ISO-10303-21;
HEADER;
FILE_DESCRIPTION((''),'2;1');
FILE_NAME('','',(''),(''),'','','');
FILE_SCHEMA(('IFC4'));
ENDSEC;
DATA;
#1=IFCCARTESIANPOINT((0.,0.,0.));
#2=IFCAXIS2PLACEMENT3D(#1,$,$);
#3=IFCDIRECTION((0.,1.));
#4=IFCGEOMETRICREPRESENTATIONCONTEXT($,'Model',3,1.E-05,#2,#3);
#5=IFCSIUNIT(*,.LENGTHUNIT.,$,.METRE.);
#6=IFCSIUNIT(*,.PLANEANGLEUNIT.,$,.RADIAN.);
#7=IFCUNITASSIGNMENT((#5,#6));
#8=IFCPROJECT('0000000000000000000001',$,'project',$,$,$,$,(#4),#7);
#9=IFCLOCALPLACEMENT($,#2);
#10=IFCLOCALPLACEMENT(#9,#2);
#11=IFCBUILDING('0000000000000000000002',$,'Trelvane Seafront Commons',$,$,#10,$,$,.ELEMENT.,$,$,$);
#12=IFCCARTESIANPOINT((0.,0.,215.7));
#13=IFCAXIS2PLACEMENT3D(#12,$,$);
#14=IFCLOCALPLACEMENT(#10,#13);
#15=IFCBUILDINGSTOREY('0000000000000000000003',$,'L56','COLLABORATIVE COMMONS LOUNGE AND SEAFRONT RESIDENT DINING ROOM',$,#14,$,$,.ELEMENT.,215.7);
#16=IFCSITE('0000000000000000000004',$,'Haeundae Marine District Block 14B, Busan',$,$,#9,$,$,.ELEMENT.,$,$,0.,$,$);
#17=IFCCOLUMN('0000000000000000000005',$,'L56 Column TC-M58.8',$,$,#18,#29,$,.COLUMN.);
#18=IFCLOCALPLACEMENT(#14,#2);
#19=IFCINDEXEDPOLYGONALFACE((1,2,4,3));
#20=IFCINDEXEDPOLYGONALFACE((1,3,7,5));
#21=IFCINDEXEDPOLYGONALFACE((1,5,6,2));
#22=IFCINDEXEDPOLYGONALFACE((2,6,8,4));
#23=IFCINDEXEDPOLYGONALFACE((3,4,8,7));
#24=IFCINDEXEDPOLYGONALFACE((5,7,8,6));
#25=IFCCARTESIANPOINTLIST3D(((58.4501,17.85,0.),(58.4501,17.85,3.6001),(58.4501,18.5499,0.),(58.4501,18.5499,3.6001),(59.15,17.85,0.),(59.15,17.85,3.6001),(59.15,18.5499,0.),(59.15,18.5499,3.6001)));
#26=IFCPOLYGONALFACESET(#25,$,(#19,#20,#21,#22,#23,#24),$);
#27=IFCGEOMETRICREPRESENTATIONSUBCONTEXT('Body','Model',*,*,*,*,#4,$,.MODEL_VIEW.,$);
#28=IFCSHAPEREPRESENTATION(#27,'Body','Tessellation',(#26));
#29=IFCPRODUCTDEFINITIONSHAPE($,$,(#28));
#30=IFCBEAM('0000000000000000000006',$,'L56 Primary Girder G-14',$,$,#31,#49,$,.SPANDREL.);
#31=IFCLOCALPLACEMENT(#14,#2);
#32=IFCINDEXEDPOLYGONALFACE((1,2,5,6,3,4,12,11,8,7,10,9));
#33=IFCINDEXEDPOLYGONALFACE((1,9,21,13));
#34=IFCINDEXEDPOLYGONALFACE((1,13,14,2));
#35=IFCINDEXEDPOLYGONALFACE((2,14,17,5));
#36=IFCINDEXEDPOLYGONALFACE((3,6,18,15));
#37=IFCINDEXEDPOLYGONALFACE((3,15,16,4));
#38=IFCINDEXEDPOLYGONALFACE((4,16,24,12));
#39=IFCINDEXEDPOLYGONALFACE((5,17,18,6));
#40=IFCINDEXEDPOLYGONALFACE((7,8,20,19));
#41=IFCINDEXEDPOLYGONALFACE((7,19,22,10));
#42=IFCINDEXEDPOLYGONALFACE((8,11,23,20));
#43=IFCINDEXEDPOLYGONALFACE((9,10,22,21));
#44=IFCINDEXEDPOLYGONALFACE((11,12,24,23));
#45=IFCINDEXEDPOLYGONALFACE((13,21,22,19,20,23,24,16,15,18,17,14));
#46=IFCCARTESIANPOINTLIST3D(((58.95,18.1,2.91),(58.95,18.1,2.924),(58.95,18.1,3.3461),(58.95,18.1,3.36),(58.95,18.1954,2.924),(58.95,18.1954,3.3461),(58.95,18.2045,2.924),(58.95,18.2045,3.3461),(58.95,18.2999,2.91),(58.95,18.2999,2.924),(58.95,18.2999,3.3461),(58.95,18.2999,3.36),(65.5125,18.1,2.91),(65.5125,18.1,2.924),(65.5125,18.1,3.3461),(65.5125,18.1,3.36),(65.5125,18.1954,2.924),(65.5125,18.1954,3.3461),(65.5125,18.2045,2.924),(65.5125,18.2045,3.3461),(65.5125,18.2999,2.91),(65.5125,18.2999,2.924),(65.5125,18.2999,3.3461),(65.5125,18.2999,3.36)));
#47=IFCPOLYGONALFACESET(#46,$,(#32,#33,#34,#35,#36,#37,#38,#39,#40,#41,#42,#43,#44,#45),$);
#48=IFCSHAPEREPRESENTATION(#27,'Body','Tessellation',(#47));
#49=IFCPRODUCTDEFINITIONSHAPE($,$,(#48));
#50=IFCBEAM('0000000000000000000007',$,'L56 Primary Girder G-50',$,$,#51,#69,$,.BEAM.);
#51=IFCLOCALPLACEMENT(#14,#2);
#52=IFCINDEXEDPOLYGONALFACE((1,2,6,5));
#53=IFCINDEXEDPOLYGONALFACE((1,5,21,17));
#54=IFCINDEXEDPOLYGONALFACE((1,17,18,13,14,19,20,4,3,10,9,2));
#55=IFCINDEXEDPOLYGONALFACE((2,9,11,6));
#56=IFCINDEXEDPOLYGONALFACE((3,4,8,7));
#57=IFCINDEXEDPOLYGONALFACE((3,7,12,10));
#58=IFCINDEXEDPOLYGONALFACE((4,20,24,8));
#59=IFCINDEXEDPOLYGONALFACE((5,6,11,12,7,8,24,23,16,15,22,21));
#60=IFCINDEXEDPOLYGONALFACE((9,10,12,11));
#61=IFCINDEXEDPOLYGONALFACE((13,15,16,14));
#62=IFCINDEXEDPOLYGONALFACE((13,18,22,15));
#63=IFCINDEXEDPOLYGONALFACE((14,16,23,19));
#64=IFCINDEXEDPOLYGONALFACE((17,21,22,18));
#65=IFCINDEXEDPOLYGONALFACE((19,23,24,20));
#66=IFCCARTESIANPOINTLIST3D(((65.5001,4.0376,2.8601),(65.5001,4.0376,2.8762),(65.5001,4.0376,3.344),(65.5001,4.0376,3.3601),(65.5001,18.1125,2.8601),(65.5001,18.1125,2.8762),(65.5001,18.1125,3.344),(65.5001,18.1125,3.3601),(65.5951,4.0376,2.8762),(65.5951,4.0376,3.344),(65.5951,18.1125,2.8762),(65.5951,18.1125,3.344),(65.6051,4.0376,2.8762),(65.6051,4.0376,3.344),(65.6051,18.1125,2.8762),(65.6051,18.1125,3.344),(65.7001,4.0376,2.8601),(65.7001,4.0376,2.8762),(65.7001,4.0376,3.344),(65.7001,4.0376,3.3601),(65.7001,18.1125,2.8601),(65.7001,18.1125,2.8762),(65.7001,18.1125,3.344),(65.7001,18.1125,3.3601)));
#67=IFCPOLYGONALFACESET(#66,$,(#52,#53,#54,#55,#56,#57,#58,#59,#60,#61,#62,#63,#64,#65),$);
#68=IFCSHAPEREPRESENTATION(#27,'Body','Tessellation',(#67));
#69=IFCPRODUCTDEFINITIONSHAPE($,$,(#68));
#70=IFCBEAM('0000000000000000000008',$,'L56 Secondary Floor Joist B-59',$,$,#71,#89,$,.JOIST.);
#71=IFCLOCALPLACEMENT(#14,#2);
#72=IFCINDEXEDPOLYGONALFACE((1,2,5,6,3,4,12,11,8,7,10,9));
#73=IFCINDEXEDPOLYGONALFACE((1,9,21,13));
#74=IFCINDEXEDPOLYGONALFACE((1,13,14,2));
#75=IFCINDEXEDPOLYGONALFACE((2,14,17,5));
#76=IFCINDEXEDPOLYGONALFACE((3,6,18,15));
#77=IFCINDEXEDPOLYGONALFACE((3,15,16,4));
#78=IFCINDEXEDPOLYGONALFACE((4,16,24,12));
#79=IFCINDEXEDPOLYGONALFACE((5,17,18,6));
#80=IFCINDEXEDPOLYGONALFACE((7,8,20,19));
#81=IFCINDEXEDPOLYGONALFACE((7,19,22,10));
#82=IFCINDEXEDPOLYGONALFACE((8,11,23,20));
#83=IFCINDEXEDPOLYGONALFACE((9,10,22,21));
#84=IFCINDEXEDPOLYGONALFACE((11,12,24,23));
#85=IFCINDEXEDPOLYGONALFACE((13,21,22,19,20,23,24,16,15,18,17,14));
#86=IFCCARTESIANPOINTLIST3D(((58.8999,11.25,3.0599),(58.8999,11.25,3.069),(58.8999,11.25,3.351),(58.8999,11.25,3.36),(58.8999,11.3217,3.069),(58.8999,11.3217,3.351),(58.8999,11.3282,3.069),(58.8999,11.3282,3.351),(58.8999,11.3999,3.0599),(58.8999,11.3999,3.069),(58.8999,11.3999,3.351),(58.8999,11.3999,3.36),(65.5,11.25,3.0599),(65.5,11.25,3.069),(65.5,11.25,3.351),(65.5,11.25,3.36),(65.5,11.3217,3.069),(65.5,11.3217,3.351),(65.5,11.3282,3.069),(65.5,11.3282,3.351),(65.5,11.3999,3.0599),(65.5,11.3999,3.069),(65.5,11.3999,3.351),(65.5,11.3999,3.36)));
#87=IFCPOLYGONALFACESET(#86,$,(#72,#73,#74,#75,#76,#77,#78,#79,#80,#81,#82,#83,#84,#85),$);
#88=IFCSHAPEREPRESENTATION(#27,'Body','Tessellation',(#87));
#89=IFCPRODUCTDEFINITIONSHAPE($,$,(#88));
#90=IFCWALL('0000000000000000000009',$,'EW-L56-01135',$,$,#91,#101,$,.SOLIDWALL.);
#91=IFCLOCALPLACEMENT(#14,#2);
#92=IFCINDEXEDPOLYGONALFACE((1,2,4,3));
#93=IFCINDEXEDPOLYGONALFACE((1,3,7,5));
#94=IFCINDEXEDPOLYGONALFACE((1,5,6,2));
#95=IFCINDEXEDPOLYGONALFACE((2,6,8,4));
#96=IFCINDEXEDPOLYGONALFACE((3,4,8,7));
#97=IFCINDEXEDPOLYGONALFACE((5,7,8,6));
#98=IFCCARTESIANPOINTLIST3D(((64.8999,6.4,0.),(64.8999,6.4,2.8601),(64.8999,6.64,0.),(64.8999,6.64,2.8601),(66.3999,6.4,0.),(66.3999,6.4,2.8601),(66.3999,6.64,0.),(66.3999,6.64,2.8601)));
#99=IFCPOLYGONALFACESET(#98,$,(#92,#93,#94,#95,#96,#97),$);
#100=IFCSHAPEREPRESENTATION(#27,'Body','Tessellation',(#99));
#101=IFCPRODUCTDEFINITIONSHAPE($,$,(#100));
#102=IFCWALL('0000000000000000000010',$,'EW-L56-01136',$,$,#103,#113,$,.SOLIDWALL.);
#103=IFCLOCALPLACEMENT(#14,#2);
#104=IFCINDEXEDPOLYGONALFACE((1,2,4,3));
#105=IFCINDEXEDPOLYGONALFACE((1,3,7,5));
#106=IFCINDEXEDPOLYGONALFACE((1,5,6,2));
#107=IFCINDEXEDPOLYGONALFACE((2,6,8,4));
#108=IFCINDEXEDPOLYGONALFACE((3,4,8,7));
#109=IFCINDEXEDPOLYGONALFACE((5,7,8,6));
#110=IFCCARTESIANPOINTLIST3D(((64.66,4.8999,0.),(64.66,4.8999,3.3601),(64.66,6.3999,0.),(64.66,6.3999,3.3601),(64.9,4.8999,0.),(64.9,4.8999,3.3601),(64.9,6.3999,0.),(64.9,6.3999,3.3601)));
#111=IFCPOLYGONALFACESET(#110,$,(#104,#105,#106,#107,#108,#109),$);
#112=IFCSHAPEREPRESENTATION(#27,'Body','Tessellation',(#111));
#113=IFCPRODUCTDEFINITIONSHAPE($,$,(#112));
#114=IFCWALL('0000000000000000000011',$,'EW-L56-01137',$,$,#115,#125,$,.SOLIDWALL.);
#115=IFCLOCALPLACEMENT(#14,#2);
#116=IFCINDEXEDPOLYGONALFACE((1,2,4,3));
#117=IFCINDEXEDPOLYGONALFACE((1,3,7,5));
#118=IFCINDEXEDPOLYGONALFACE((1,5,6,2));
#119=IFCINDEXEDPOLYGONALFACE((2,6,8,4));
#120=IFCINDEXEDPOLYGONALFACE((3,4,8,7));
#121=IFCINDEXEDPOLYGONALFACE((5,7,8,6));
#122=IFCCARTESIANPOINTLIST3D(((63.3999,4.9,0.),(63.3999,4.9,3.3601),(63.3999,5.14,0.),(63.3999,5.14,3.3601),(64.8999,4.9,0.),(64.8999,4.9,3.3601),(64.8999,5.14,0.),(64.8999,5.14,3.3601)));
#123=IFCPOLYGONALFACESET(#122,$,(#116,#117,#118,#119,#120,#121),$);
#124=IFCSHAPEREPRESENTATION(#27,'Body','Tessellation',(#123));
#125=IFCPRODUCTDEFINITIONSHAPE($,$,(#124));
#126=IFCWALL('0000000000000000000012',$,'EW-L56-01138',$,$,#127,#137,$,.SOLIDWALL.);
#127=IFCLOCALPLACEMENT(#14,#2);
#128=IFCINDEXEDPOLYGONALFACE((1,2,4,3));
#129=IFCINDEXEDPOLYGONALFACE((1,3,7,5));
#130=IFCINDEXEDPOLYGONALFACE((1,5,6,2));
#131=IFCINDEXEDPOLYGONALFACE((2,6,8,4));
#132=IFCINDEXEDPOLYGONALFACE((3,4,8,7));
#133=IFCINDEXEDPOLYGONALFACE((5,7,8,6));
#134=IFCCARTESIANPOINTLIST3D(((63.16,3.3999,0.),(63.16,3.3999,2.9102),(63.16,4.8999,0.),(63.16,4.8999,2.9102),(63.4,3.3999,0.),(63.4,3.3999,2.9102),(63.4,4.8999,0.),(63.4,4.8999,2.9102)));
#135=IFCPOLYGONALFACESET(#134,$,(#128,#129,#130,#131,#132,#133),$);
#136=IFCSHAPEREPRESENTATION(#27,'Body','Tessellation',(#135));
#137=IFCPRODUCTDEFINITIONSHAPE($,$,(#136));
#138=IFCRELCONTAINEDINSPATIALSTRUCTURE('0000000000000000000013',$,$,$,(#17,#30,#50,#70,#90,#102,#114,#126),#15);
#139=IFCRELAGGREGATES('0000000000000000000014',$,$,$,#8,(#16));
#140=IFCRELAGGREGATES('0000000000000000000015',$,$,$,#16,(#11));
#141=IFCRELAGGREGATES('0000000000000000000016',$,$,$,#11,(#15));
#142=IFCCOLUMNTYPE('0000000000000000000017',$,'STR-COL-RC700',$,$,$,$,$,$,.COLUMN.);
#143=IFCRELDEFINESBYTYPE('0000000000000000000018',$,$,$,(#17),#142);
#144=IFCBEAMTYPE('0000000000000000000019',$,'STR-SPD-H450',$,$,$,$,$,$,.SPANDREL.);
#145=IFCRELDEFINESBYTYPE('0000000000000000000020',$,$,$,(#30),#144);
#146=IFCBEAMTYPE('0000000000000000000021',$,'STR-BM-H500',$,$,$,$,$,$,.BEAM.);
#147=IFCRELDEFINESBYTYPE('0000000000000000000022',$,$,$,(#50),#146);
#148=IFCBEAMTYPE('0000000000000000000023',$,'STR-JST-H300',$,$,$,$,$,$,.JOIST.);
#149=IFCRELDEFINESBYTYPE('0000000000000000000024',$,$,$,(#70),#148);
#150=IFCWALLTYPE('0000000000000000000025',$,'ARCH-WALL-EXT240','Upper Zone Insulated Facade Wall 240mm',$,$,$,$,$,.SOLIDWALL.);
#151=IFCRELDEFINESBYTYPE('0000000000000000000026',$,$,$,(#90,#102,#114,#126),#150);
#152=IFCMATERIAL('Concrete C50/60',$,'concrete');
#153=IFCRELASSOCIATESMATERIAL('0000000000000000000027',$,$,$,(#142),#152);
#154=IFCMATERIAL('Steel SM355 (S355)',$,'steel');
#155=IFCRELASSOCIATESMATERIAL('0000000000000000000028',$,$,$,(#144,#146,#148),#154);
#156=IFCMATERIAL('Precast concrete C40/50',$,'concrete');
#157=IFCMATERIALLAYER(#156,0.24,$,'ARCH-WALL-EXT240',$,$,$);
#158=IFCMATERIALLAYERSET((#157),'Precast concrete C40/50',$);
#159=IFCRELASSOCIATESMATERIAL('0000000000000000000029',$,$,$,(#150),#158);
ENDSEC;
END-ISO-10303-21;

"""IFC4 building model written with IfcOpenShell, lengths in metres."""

from ifc_helpers import new_model, si_unit, direction, frame, frame_2d, origin, origin_2d, place, context, subcontext, project, spatial, rectangle, i_section, extrude, source, transform, mapped, material, layer, layer_set, material_profile, profile_set, type_object, element, save


model = new_model("IFC4")

# Units and contexts
model_context = context("Model", 3, precision=1e-05, world=origin(), true_north=direction((0.0, 1.0)))
body_context = subcontext(model_context, "Body", "Model", "MODEL_VIEW")
ifc_project = project(units=[si_unit("LENGTHUNIT", "METRE"), si_unit("PLANEANGLEUNIT", "RADIAN")], contexts=[model_context])

# Site, building, storey
site_placement = place(None, origin())
site = spatial("IfcSite", under=ifc_project, at=site_placement, Name="Haeundae Marine District Block 14B, Busan", CompositionType="ELEMENT", RefElevation=0.0)
building_placement = place(site_placement, origin())
building = spatial("IfcBuilding", under=site, at=building_placement, Name="Trelvane Seafront Commons", CompositionType="ELEMENT")
storey_placement = place(building_placement, frame((0.0, 0.0, 215.7)))
storey = spatial("IfcBuildingStorey", under=building, at=storey_placement, Name="L56", Description="COLLABORATIVE COMMONS LOUNGE AND SEAFRONT RESIDENT DINING ROOM", CompositionType="ELEMENT", Elevation=215.7)

# Column
ifc_material_1 = material(Name="Concrete C50/60", Category="concrete")
ifc_material_profile_1 = material_profile(ifc_material_1, rectangle(XDim=0.7, YDim=0.7, at=origin_2d()), Name="RC-700x700")
ifc_profile_set_1 = profile_set([ifc_material_profile_1], Name="Concrete C50/60")
column_type = type_object("IfcColumnType", Name="STR-COL-RC700", PredefinedType="COLUMN", material=ifc_profile_set_1)
shared_shape_1 = source(origin(), body_context, "Body", "SweptSolid", [
    extrude(rectangle(XDim=0.7, YDim=0.7, at=origin_2d()), origin(), (0.0, 0.0, 1.0), 3.6001),
])
column_placement = place(storey_placement, frame((58.8, 18.2, 0.0), z_axis=(0.0, 0.0, 1.0), x_axis=(1.0, 0.0, 0.0)))
element("IfcColumn", 1, at=column_placement, inside=storey, type_object=column_type, Name="L56 Column TC-M58.8", PredefinedType="COLUMN", context=body_context, shape_type="MappedRepresentation", body=[
    mapped(shared_shape_1, transform((0.0, 0.0, 0.0), x_axis=(1.0, 0.0, 0.0), y_axis=(0.0, 1.0, 0.0), z_axis=(0.0, 0.0, 1.0), scale=1.0)),
])

# Beams
ifc_material_2 = material(Name="Steel SM355 (S355)", Category="steel")
ifc_material_profile_2 = material_profile(ifc_material_2, i_section(OverallWidth=0.2, OverallDepth=0.45, WebThickness=0.009, FlangeThickness=0.0139, at=origin_2d()), Name="H-450x200x9x14")
ifc_profile_set_2 = profile_set([ifc_material_profile_2], Name="Steel SM355 (S355)")
beam_type_1 = type_object("IfcBeamType", Name="STR-SPD-H450", PredefinedType="SPANDREL", material=ifc_profile_set_2)
shared_shape_2 = source(origin(), body_context, "Body", "SweptSolid", [
    extrude(i_section(OverallWidth=0.2, OverallDepth=0.45, WebThickness=0.009, FlangeThickness=0.0139, at=origin_2d()), origin(), (0.0, 0.0, 1.0), 6.5625),
])
beam_1_placement = place(storey_placement, frame((58.95, 18.2, 3.135), z_axis=(1.0, 0.0, 0.0), x_axis=(0.0, 1.0, 0.0)))
element("IfcBeam", 2, at=beam_1_placement, inside=storey, type_object=beam_type_1, Name="L56 Primary Girder G-14", PredefinedType="SPANDREL", context=body_context, shape_type="MappedRepresentation", body=[
    mapped(shared_shape_2, transform((0.0, 0.0, 0.0), x_axis=(1.0, 0.0, 0.0), y_axis=(0.0, 1.0, 0.0), z_axis=(0.0, 0.0, 1.0), scale=1.0)),
])
ifc_material_profile_3 = material_profile(ifc_material_2, i_section(OverallWidth=0.2, OverallDepth=0.5, WebThickness=0.01, FlangeThickness=0.0161, at=origin_2d()), Name="H-500x200x10x16")
ifc_profile_set_3 = profile_set([ifc_material_profile_3], Name="Steel SM355 (S355)")
beam_type_2 = type_object("IfcBeamType", Name="STR-BM-H500", PredefinedType="BEAM", material=ifc_profile_set_3)
shared_shape_3 = source(origin(), body_context, "Body", "SweptSolid", [
    extrude(i_section(OverallWidth=0.2, OverallDepth=0.5, WebThickness=0.01, FlangeThickness=0.0161, at=origin_2d()), origin(), (0.0, 0.0, 1.0), 14.075),
])
beam_2_placement = place(storey_placement, frame((65.6001, 4.0376, 3.1101), z_axis=(0.0, 1.0, 0.0), x_axis=(-1.0, 0.0, 0.0)))
element("IfcBeam", 3, at=beam_2_placement, inside=storey, type_object=beam_type_2, Name="L56 Primary Girder G-50", PredefinedType="BEAM", context=body_context, shape_type="MappedRepresentation", body=[
    mapped(shared_shape_3, transform((0.0, 0.0, 0.0), x_axis=(1.0, 0.0, 0.0), y_axis=(0.0, 1.0, 0.0), z_axis=(0.0, 0.0, 1.0), scale=1.0)),
])
ifc_material_profile_4 = material_profile(ifc_material_2, i_section(OverallWidth=0.1499, OverallDepth=0.3, WebThickness=0.0066, FlangeThickness=0.009, at=origin_2d()), Name="H-300x150x6.5x9")
ifc_profile_set_4 = profile_set([ifc_material_profile_4], Name="Steel SM355 (S355)")
beam_type_3 = type_object("IfcBeamType", Name="STR-JST-H300", PredefinedType="JOIST", material=ifc_profile_set_4)
shared_shape_4 = source(origin(), body_context, "Body", "SweptSolid", [
    extrude(i_section(OverallWidth=0.1499, OverallDepth=0.3, WebThickness=0.0066, FlangeThickness=0.009, at=origin_2d()), origin(), (0.0, 0.0, 1.0), 6.6001),
])
beam_3_placement = place(storey_placement, frame((58.8999, 11.325, 3.21), z_axis=(1.0, 0.0, 0.0), x_axis=(0.0, 1.0, 0.0)))
element("IfcBeam", 4, at=beam_3_placement, inside=storey, type_object=beam_type_3, Name="L56 Secondary Floor Joist B-59", PredefinedType="JOIST", context=body_context, shape_type="MappedRepresentation", body=[
    mapped(shared_shape_4, transform((0.0, 0.0, 0.0), x_axis=(1.0, 0.0, 0.0), y_axis=(0.0, 1.0, 0.0), z_axis=(0.0, 0.0, 1.0), scale=1.0)),
])

# Walls
ifc_material_3 = material(Name="Precast concrete C40/50", Category="concrete")
ifc_layer_1 = layer(ifc_material_3, 0.24, Name="ARCH-WALL-EXT240")
ifc_layer_set_1 = layer_set([ifc_layer_1], Name="Precast concrete C40/50")
wall_type_1 = type_object("IfcWallType", Name="ARCH-WALL-EXT240", Description="Upper Zone Insulated Facade Wall 240mm", PredefinedType="SOLIDWALL", material=ifc_layer_set_1)
wall_1_placement = place(storey_placement, frame((66.3999, 6.52, 0.0), z_axis=(0.0, 0.0, 1.0), x_axis=(-1.0, 0.0, 0.0)))
element("IfcWall", 5, at=wall_1_placement, inside=storey, type_object=wall_type_1, Name="EW-L56-01135", PredefinedType="SOLIDWALL", context=body_context, shape_type="SweptSolid", body=[
    extrude(rectangle(XDim=1.5, YDim=0.24, at=frame_2d((0.75, 0.0))), origin(), (0.0, 0.0, 1.0), 2.8601),
])
for number, where, z_axis, x_axis, name in (
    (6, (64.78, 6.3999, 0.0), (0.0, 0.0, 1.0), (0.0, -1.0, 0.0), "EW-L56-01136"),
    (7, (64.8999, 5.02, 0.0), (0.0, 0.0, 1.0), (-1.0, 0.0, 0.0), "EW-L56-01137"),
):
    element("IfcWall", number, at=place(storey_placement, frame(where, z_axis=z_axis, x_axis=x_axis)), inside=storey, type_object=wall_type_1, Name=name, PredefinedType="SOLIDWALL", context=body_context, shape_type="SweptSolid", body=[
        extrude(rectangle(XDim=1.5, YDim=0.24, at=frame_2d((0.75, 0.0))), origin(), (0.0, 0.0, 1.0), 3.3601),
    ])
wall_2_placement = place(storey_placement, frame((63.28, 4.8999, 0.0), z_axis=(0.0, 0.0, 1.0), x_axis=(0.0, -1.0, 0.0)))
element("IfcWall", 8, at=wall_2_placement, inside=storey, type_object=wall_type_1, Name="EW-L56-01138", PredefinedType="SOLIDWALL", context=body_context, shape_type="SweptSolid", body=[
    extrude(rectangle(XDim=1.5, YDim=0.24, at=frame_2d((0.75, 0.0))), origin(), (0.0, 0.0, 1.0), 2.9102),
])

save(model, "model.ifc")
